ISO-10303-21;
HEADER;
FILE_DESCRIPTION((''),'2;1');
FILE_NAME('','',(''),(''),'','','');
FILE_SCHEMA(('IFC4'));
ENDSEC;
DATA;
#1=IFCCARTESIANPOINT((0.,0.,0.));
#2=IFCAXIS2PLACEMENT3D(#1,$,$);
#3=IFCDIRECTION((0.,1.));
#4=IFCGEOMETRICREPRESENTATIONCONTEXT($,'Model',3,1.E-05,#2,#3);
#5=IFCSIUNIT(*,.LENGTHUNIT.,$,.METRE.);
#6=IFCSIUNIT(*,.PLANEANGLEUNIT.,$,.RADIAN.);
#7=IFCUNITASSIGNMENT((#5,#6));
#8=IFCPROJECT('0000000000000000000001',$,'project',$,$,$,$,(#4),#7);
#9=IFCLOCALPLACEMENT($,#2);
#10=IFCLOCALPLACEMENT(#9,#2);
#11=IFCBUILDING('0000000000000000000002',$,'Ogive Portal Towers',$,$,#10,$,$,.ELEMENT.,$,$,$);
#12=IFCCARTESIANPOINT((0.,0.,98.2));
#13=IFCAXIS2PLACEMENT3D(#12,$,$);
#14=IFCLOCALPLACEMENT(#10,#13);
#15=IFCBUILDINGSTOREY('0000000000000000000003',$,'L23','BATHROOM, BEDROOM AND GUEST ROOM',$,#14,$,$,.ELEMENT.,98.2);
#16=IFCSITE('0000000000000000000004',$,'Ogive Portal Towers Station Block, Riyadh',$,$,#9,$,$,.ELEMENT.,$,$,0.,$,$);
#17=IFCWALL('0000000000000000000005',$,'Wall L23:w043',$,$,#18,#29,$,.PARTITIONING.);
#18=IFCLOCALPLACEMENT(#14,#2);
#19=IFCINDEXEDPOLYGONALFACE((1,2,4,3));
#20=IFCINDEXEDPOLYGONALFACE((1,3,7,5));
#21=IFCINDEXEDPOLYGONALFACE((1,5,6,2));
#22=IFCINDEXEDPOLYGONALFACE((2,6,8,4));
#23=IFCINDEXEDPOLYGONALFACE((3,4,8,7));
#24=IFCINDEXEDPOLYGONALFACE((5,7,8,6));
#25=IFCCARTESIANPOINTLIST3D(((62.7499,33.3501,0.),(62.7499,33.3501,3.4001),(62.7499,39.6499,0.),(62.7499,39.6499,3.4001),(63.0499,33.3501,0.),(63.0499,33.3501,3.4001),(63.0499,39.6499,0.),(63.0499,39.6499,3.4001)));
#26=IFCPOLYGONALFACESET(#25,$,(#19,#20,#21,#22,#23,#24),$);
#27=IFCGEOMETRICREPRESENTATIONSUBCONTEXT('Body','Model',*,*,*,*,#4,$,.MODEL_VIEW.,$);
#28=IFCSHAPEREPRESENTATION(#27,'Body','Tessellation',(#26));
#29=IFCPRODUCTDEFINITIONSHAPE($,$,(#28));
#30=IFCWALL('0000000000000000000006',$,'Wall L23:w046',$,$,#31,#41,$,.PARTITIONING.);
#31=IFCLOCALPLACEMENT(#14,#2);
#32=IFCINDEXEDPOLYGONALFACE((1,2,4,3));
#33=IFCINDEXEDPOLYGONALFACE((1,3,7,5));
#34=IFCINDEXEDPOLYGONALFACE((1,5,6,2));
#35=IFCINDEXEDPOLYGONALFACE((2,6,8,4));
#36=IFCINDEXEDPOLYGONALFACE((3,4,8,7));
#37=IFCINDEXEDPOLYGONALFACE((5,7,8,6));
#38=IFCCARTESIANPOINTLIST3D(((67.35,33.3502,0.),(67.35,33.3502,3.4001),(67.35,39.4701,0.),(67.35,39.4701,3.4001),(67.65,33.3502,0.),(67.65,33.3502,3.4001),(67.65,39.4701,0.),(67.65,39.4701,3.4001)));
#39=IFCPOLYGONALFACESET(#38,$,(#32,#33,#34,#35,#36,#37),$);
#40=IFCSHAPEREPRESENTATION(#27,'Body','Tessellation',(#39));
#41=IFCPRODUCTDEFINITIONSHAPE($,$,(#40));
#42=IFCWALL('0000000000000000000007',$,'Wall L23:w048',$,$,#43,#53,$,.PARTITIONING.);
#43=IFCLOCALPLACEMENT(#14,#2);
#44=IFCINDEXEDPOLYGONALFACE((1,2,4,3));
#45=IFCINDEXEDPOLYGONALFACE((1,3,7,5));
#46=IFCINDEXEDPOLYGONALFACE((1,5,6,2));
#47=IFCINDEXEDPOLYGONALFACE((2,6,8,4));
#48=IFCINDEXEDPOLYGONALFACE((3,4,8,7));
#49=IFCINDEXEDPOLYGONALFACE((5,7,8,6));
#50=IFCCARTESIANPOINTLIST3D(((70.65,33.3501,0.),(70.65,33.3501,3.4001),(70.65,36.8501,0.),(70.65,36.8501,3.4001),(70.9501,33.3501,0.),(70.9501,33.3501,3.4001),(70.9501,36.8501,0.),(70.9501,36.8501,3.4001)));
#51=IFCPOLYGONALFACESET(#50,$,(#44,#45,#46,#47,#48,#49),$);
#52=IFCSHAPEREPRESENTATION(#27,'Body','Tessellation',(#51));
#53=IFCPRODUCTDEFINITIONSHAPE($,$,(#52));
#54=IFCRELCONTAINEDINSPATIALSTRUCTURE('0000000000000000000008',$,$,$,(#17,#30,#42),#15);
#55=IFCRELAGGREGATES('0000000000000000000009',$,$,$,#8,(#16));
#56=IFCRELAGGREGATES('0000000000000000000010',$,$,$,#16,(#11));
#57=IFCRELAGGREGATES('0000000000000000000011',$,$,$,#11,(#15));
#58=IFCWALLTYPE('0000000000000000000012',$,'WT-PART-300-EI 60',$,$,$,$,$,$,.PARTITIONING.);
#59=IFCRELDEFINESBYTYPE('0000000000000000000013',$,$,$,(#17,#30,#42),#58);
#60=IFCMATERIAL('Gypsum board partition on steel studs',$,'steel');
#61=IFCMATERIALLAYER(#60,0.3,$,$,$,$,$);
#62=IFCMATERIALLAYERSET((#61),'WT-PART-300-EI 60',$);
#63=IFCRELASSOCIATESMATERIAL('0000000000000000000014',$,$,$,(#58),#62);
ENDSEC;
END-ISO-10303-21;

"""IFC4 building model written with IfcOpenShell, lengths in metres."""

from ifc_helpers import new_model, si_unit, direction, frame, frame_2d, origin, place, context, subcontext, project, spatial, rectangle, extrude, material, layer, layer_set, type_object, element, save


model = new_model("IFC4")

# Units and contexts
model_context = context("Model", 3, precision=1e-05, world=origin(), true_north=direction((0.0, 1.0)))
body_context = subcontext(model_context, "Body", "Model", "MODEL_VIEW")
ifc_project = project(units=[si_unit("LENGTHUNIT", "METRE"), si_unit("PLANEANGLEUNIT", "RADIAN")], contexts=[model_context])

# Site, building, storey
site_placement = place(None, origin())
site = spatial("IfcSite", under=ifc_project, at=site_placement, Name="Ogive Portal Towers Station Block, Riyadh", CompositionType="ELEMENT", RefElevation=0.0)
building_placement = place(site_placement, origin())
building = spatial("IfcBuilding", under=site, at=building_placement, Name="Ogive Portal Towers", CompositionType="ELEMENT")
storey_placement = place(building_placement, frame((0.0, 0.0, 98.2)))
storey = spatial("IfcBuildingStorey", under=building, at=storey_placement, Name="L23", Description="BATHROOM, BEDROOM AND GUEST ROOM", CompositionType="ELEMENT", Elevation=98.2)

# Shared definitions
ifc_material_1 = material(Name="Gypsum board partition on steel studs", Category="steel")
ifc_layer_1 = layer(ifc_material_1, 0.3)
ifc_layer_set_1 = layer_set([ifc_layer_1], Name="WT-PART-300-EI 60")
wall_type = type_object("IfcWallType", Name="WT-PART-300-EI 60", PredefinedType="PARTITIONING", material=ifc_layer_set_1)

# Walls
wall_1_placement = place(storey_placement, frame((62.8999, 33.3501, 0.0), z_axis=(0.0, 0.0, 1.0), x_axis=(0.0, 1.0, 0.0)))
element("IfcWall", 1, at=wall_1_placement, inside=storey, type_object=wall_type, Name="Wall L23:w043", PredefinedType="PARTITIONING", context=body_context, shape_type="SweptSolid", body=[
    extrude(rectangle(XDim=6.2998, YDim=0.3, at=frame_2d((3.1499, 0.0))), origin(), (0.0, 0.0, 1.0), 3.4001),
])
wall_2_placement = place(storey_placement, frame((67.5, 33.3501, 0.0), z_axis=(0.0, 0.0, 1.0), x_axis=(0.0, 1.0, 0.0)))
element("IfcWall", 2, at=wall_2_placement, inside=storey, type_object=wall_type, Name="Wall L23:w046", PredefinedType="PARTITIONING", context=body_context, shape_type="SweptSolid", body=[
    extrude(rectangle(XDim=6.1199, YDim=0.3, at=frame_2d((3.0601, 0.0))), origin(), (0.0, 0.0, 1.0), 3.4001),
])
wall_3_placement = place(storey_placement, frame((70.8, 33.3501, 0.0), z_axis=(0.0, 0.0, 1.0), x_axis=(0.0, 1.0, 0.0)))
element("IfcWall", 3, at=wall_3_placement, inside=storey, type_object=wall_type, Name="Wall L23:w048", PredefinedType="PARTITIONING", context=body_context, shape_type="SweptSolid", body=[
    extrude(rectangle(XDim=3.5, YDim=0.3, at=frame_2d((1.75, 0.0))), origin(), (0.0, 0.0, 1.0), 3.4001),
])

save(model, "model.ifc")
